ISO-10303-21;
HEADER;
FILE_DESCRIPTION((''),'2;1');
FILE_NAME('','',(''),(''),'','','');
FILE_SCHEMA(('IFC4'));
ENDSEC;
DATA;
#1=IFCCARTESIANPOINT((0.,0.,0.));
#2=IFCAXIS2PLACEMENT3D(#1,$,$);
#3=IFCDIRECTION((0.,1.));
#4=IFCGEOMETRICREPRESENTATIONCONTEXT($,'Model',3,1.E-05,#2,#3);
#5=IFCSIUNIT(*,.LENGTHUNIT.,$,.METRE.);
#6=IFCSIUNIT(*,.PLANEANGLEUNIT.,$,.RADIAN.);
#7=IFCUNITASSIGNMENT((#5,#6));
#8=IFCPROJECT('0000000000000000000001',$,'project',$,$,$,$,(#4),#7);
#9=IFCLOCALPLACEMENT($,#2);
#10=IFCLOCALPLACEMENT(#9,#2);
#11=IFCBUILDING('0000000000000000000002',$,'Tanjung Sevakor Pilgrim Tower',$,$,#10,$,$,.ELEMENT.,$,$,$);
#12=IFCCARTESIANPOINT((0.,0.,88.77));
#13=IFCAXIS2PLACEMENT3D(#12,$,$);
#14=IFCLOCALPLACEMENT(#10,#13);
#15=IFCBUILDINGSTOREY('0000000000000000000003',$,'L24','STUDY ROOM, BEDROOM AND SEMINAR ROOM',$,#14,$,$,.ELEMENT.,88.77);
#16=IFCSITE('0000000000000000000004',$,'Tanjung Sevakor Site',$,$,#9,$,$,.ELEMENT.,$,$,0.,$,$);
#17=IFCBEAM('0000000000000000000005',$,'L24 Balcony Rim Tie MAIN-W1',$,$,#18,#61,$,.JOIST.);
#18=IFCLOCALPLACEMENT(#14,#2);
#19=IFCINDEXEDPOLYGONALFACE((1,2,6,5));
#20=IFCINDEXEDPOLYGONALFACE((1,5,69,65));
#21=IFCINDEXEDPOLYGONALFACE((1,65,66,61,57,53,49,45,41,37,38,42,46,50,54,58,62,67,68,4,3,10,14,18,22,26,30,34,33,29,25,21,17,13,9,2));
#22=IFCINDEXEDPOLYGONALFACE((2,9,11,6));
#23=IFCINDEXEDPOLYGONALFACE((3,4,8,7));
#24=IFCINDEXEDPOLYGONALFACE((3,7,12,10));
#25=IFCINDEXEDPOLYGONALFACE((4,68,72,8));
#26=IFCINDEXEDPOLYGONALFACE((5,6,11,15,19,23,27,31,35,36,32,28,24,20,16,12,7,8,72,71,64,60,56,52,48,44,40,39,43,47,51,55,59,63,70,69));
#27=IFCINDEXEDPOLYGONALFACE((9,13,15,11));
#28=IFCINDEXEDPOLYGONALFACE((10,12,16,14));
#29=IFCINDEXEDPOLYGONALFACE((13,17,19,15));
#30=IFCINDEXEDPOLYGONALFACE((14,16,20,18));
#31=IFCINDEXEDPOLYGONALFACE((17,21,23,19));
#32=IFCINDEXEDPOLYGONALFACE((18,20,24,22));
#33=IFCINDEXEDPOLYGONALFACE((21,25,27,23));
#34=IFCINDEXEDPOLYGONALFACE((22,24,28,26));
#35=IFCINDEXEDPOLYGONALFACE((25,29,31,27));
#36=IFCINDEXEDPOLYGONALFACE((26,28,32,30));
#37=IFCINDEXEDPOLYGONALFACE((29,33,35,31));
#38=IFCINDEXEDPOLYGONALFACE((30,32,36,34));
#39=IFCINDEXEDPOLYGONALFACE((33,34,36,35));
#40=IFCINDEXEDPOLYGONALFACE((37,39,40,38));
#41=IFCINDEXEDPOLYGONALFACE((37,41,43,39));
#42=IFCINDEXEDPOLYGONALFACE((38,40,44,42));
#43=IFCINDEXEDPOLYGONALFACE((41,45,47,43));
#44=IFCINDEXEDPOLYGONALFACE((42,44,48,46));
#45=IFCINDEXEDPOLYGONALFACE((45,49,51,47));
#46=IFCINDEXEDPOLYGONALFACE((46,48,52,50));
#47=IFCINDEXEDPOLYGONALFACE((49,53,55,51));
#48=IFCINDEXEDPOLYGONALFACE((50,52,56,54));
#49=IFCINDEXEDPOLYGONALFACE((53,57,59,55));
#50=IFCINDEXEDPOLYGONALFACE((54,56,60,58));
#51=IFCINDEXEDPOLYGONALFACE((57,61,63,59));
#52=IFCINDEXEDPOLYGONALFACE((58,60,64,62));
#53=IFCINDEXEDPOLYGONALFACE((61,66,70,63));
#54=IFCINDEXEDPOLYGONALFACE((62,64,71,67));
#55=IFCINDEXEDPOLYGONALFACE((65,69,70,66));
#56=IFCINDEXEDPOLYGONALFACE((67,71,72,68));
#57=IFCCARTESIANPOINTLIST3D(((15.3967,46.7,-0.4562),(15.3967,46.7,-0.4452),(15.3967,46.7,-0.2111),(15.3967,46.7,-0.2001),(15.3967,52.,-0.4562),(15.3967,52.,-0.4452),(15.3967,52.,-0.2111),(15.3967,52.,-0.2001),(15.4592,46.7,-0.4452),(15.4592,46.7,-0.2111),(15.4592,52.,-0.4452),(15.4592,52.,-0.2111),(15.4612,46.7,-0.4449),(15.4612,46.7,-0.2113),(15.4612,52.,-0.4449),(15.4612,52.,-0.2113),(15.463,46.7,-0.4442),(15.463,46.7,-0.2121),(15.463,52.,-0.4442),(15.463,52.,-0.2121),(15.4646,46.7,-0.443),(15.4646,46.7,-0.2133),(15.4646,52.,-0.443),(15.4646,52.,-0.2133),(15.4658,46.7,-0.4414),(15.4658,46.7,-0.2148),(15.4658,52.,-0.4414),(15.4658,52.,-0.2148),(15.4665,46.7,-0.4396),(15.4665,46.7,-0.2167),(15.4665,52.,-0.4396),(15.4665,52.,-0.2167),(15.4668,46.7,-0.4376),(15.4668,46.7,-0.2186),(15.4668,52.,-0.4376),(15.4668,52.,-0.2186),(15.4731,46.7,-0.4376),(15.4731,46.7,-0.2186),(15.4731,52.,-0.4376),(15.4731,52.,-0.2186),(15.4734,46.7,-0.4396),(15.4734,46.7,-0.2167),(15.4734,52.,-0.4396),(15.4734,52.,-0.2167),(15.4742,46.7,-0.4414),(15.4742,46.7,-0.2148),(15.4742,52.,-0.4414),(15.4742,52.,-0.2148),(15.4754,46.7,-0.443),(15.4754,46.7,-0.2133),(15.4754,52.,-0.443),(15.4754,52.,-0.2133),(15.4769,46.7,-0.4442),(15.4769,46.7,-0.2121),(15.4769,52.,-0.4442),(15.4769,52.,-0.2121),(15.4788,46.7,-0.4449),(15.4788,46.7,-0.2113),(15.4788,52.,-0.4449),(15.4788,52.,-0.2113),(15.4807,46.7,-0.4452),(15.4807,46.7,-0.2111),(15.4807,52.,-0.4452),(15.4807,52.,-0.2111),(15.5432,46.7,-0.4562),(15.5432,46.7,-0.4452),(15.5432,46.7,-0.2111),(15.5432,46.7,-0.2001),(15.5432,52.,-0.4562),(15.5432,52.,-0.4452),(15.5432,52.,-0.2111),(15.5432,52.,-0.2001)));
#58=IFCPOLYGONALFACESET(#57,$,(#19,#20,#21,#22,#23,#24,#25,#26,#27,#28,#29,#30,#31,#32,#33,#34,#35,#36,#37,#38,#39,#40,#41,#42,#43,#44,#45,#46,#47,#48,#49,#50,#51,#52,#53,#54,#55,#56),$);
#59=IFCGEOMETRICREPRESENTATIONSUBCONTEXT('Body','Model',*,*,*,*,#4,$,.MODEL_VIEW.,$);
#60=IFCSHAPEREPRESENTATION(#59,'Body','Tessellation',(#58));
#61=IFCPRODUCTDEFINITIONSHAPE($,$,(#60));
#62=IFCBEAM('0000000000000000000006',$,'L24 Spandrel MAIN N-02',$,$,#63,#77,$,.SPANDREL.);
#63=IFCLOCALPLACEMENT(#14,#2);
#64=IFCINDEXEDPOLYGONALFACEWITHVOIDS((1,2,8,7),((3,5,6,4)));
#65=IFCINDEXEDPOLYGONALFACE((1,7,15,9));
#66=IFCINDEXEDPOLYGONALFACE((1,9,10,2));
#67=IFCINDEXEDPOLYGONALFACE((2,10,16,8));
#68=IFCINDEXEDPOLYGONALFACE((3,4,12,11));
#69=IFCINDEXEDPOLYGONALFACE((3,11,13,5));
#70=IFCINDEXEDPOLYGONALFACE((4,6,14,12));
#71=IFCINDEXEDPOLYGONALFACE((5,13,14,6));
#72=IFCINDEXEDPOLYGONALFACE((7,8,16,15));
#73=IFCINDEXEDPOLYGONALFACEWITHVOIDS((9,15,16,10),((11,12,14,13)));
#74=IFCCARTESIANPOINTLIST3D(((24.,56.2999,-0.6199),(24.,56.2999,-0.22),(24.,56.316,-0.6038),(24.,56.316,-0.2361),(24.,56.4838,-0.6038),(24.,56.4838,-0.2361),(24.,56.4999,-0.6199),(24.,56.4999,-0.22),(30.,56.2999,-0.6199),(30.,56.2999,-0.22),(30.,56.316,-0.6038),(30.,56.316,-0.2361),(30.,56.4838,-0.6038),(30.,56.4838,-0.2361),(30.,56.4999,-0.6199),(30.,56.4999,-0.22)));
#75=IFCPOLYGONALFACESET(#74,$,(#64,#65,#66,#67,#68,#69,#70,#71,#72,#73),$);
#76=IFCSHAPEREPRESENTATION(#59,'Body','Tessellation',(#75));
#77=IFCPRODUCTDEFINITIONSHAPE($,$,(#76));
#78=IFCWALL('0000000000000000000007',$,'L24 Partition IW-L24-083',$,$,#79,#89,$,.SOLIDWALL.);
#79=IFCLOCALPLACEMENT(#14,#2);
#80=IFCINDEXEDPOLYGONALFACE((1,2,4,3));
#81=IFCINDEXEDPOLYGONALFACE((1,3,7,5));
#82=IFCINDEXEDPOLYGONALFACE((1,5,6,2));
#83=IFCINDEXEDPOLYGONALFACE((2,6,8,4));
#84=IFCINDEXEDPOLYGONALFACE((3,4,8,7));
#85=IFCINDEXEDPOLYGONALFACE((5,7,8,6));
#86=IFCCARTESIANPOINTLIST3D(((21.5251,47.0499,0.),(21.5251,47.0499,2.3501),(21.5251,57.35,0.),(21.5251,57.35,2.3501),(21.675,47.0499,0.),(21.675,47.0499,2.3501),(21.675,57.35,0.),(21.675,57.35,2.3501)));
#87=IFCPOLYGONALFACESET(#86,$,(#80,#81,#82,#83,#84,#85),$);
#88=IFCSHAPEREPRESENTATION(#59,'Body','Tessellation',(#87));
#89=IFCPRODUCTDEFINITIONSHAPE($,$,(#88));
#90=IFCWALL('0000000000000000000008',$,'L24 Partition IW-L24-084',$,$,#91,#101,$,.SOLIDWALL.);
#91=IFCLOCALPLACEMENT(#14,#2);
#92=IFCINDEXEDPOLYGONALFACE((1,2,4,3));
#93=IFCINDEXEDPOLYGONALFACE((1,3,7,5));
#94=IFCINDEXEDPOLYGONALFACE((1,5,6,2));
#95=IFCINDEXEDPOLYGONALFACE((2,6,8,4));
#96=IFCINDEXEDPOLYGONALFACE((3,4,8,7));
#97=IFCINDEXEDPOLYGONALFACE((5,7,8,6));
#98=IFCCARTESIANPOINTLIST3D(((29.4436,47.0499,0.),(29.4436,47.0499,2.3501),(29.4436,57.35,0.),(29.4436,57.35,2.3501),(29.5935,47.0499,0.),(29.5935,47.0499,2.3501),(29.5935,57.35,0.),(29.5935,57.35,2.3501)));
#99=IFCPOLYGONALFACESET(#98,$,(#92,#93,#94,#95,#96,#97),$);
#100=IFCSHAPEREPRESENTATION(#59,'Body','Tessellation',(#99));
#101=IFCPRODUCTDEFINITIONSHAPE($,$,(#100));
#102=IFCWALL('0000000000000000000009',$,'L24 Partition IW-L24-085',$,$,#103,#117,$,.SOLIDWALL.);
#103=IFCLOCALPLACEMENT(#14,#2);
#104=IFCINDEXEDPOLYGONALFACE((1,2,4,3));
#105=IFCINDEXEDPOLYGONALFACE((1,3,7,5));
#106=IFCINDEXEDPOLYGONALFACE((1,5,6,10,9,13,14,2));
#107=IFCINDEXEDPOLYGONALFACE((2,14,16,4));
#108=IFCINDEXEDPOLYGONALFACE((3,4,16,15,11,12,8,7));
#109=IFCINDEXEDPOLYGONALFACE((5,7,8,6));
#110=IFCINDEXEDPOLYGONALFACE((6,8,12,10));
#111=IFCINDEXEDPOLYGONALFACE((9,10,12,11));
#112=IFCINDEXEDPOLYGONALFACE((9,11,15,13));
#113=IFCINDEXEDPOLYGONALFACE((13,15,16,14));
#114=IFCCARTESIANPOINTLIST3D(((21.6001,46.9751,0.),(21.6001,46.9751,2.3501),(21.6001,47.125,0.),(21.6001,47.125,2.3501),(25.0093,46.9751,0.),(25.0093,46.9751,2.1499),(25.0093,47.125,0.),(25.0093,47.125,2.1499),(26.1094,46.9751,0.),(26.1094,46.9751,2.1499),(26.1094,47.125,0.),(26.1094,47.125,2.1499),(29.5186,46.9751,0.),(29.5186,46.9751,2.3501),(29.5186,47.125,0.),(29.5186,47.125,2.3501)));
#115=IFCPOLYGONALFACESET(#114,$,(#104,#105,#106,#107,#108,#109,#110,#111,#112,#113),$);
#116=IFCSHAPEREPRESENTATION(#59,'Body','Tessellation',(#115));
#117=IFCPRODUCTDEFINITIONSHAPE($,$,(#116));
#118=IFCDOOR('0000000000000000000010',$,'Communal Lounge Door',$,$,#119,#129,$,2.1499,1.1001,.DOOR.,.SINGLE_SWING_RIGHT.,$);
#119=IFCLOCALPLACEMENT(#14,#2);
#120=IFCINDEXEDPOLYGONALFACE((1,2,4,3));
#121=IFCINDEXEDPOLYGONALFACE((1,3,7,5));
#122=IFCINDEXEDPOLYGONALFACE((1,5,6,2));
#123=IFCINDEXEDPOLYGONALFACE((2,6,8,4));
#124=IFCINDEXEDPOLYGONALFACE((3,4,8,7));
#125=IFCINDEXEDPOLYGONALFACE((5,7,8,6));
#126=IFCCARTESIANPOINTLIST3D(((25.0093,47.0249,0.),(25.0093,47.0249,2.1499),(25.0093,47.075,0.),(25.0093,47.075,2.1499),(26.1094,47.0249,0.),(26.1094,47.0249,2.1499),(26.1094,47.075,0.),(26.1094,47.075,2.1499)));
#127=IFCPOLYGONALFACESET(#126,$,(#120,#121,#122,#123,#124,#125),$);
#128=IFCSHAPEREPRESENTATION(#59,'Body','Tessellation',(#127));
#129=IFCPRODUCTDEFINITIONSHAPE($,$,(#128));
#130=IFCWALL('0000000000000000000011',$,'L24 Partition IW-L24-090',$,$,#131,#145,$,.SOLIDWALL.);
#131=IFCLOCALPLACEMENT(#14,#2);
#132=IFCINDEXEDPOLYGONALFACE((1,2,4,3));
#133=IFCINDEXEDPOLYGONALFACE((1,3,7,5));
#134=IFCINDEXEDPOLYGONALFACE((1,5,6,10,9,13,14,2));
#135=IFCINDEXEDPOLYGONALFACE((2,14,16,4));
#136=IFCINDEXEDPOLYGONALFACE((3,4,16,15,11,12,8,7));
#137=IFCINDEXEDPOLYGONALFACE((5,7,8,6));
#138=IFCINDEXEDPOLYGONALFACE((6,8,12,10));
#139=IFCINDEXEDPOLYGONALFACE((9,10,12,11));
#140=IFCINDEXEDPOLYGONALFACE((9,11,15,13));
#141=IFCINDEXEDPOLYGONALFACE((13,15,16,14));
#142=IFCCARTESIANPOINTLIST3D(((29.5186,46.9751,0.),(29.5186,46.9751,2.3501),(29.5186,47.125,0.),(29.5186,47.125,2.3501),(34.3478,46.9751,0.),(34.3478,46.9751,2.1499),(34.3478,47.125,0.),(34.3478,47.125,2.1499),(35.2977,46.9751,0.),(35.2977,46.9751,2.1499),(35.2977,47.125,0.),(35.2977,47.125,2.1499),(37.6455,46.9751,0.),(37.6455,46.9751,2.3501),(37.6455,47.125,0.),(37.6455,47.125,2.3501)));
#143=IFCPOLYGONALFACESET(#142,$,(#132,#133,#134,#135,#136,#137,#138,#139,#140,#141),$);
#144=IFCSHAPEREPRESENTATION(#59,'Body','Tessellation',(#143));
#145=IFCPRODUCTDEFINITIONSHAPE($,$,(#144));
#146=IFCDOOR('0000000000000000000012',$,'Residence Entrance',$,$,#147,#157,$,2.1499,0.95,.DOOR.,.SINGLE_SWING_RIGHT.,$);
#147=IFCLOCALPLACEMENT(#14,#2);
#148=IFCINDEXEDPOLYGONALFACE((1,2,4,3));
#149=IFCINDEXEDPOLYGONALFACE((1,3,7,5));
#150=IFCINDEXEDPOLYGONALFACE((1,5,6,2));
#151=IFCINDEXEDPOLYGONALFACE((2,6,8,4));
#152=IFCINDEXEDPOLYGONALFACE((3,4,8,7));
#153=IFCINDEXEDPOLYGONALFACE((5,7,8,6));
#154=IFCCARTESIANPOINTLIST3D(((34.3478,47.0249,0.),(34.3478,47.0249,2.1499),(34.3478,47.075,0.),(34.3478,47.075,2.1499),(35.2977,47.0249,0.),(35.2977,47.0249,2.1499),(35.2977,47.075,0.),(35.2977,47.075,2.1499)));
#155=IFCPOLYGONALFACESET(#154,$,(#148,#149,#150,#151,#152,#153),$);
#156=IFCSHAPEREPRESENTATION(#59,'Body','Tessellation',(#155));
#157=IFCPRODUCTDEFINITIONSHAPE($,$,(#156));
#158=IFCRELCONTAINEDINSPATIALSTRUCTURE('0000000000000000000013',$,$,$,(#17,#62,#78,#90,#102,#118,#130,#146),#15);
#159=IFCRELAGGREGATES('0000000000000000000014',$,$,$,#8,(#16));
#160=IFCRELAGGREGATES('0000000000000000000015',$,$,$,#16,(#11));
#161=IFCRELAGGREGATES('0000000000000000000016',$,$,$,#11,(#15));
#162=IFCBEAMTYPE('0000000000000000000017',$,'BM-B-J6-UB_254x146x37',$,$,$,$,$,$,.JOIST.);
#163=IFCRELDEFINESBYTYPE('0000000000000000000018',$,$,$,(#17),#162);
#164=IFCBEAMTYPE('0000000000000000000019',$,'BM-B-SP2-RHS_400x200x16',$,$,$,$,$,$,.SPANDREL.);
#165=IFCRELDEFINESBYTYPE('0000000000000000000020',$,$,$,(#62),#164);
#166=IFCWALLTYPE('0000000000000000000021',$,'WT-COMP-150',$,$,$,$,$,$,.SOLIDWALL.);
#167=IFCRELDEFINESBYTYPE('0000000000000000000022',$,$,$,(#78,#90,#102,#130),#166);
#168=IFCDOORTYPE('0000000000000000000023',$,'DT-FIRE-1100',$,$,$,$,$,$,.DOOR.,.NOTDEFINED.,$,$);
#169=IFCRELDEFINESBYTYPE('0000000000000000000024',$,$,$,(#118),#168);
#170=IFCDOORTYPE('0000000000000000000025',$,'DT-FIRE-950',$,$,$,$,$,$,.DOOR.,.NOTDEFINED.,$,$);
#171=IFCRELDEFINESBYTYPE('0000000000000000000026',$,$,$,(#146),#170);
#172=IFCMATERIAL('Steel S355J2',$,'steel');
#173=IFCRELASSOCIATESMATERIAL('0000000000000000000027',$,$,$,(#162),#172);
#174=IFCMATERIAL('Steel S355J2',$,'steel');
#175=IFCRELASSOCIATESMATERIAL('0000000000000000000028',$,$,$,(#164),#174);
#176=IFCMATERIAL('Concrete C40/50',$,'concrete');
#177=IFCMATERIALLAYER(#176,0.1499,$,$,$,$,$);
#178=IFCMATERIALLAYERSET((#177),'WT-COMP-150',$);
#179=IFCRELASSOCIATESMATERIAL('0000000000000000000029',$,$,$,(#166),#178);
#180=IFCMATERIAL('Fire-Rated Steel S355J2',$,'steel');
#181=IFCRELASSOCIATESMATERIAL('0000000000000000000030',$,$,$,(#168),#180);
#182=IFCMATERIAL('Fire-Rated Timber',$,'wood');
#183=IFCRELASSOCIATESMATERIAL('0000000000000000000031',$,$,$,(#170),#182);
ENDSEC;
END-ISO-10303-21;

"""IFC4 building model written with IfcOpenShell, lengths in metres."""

from ifc_helpers import new_model, si_unit, direction, frame, frame_2d, origin, origin_2d, place, context, subcontext, project, spatial, rectangle, hollow_rectangle, i_section, extrude, material, layer, layer_set, material_profile, profile_set, type_object, element, fill, save


model = new_model("IFC4")

# Units and contexts
model_context = context("Model", 3, precision=1e-05, world=origin(), true_north=direction((0.0, 1.0)))
body_context = subcontext(model_context, "Body", "Model", "MODEL_VIEW")
ifc_project = project(units=[si_unit("LENGTHUNIT", "METRE"), si_unit("PLANEANGLEUNIT", "RADIAN")], contexts=[model_context])

# Site, building, storey
site_placement = place(None, origin())
site = spatial("IfcSite", under=ifc_project, at=site_placement, Name="Tanjung Sevakor Site", CompositionType="ELEMENT", RefElevation=0.0)
building_placement = place(site_placement, origin())
building = spatial("IfcBuilding", under=site, at=building_placement, Name="Tanjung Sevakor Pilgrim Tower", CompositionType="ELEMENT")
storey_placement = place(building_placement, frame((0.0, 0.0, 88.77)))
storey = spatial("IfcBuildingStorey", under=building, at=storey_placement, Name="L24", Description="STUDY ROOM, BEDROOM AND SEMINAR ROOM", CompositionType="ELEMENT", Elevation=88.77)

# Beams
ifc_material_1 = material(Name="Steel S355J2", Category="steel")
ifc_material_profile_1 = material_profile(ifc_material_1, i_section(OverallWidth=0.1465, OverallDepth=0.2561, WebThickness=0.0063, FlangeThickness=0.011, FilletRadius=0.0076, at=origin_2d()))
ifc_profile_set_1 = profile_set([ifc_material_profile_1], Name="Steel S355J2")
beam_type_1 = type_object("IfcBeamType", Name="BM-B-J6-UB_254x146x37", PredefinedType="JOIST", material=ifc_profile_set_1)
beam_1_placement = place(storey_placement, frame((15.47, 46.7, -0.3281), z_axis=(0.0, 1.0, 0.0), x_axis=(-1.0, 0.0, 0.0)))
element("IfcBeam", 1, at=beam_1_placement, inside=storey, type_object=beam_type_1, Name="L24 Balcony Rim Tie MAIN-W1", PredefinedType="JOIST", context=body_context, shape_type="SweptSolid", body=[
    extrude(i_section(OverallWidth=0.1465, OverallDepth=0.2561, WebThickness=0.0063, FlangeThickness=0.011, FilletRadius=0.0076, at=origin_2d()), origin(), (0.0, 0.0, 1.0), 5.3),
])
ifc_material_2 = material(Name="Steel S355J2", Category="steel")
ifc_material_profile_2 = material_profile(ifc_material_2, hollow_rectangle(XDim=0.2, YDim=0.3999, WallThickness=0.0161, at=origin_2d()))
ifc_profile_set_2 = profile_set([ifc_material_profile_2], Name="Steel S355J2")
beam_type_2 = type_object("IfcBeamType", Name="BM-B-SP2-RHS_400x200x16", PredefinedType="SPANDREL", material=ifc_profile_set_2)
beam_2_placement = place(storey_placement, frame((24.0, 56.3999, -0.4199), z_axis=(1.0, 0.0, 0.0), x_axis=(0.0, 1.0, 0.0)))
element("IfcBeam", 2, at=beam_2_placement, inside=storey, type_object=beam_type_2, Name="L24 Spandrel MAIN N-02", PredefinedType="SPANDREL", context=body_context, shape_type="SweptSolid", body=[
    extrude(hollow_rectangle(XDim=0.2, YDim=0.3999, WallThickness=0.0161, at=origin_2d()), origin(), (0.0, 0.0, 1.0), 6.0),
])

# Walls
ifc_material_3 = material(Name="Concrete C40/50", Category="concrete")
ifc_layer_1 = layer(ifc_material_3, 0.1499)
ifc_layer_set_1 = layer_set([ifc_layer_1], Name="WT-COMP-150")
wall_type_1 = type_object("IfcWallType", Name="WT-COMP-150", PredefinedType="SOLIDWALL", material=ifc_layer_set_1)
for number, where, z_axis, x_axis, name in (
    (3, (21.6001, 47.05, 0.0), (0.0, 0.0, 1.0), (0.0, 1.0, 0.0), "L24 Partition IW-L24-083"),
    (4, (29.5186, 47.05, 0.0), (0.0, 0.0, 1.0), (0.0, 1.0, 0.0), "L24 Partition IW-L24-084"),
):
    element("IfcWall", number, at=place(storey_placement, frame(where, z_axis=z_axis, x_axis=x_axis)), inside=storey, type_object=wall_type_1, Name=name, PredefinedType="SOLIDWALL", context=body_context, shape_type="SweptSolid", body=[
        extrude(rectangle(XDim=10.3, YDim=0.1499, at=frame_2d((5.1499, 0.0))), origin(), (0.0, 0.0, 1.0), 2.3501),
    ])

# Walls, openings, doors
wall_1_placement = place(storey_placement, frame((21.6001, 47.05, 0.0), z_axis=(0.0, 0.0, 1.0), x_axis=(1.0, 0.0, 0.0)))
wall_1 = element("IfcWall", 5, at=wall_1_placement, inside=storey, type_object=wall_type_1, Name="L24 Partition IW-L24-085", PredefinedType="SOLIDWALL", context=body_context, shape_type="SweptSolid", body=[
    extrude(rectangle(XDim=7.9185, YDim=0.1499, at=frame_2d((3.9592, 0.0))), origin(), (0.0, 0.0, 1.0), 2.3501),
])
opening_1_placement = place(wall_1_placement, frame((3.4092, 0.0, 0.0)))
opening_1 = element("IfcOpeningElement", 6, at=opening_1_placement, cuts=wall_1, PredefinedType="OPENING", context=body_context, shape_type="SweptSolid", body=[
    extrude(rectangle(XDim=1.1001, YDim=2.1499, at=frame_2d((0.55, 1.075))), frame((0.0, 0.085, 0.0), z_axis=(0.0, -1.0, 0.0), x_axis=(1.0, 0.0, 0.0)), (0.0, 0.0, 1.0), 0.1699),
])
ifc_material_4 = material(Name="Fire-Rated Steel S355J2", Category="steel")
door_type_1 = type_object("IfcDoorType", Name="DT-FIRE-1100", OperationType="NOTDEFINED", PredefinedType="DOOR", material=ifc_material_4)
door_1_placement = place(opening_1_placement, origin())
door_1 = element("IfcDoor", 7, at=door_1_placement, inside=storey, type_object=door_type_1, Name="Communal Lounge Door", OperationType="SINGLE_SWING_RIGHT", OverallHeight=2.1499, OverallWidth=1.1001, PredefinedType="DOOR", context=body_context, shape_type="SweptSolid", body=[
    extrude(rectangle(XDim=1.1001, YDim=2.1499, at=frame_2d((0.55, 1.075))), frame((0.0, 0.0249, 0.0), z_axis=(0.0, -1.0, 0.0), x_axis=(1.0, 0.0, 0.0)), (0.0, 0.0, 1.0), 0.05),
])
fill(opening_1, door_1)
wall_2_placement = place(storey_placement, frame((29.5186, 47.05, 0.0), z_axis=(0.0, 0.0, 1.0), x_axis=(1.0, 0.0, 0.0)))
wall_2 = element("IfcWall", 8, at=wall_2_placement, inside=storey, type_object=wall_type_1, Name="L24 Partition IW-L24-090", PredefinedType="SOLIDWALL", context=body_context, shape_type="SweptSolid", body=[
    extrude(rectangle(XDim=8.127, YDim=0.1499, at=frame_2d((4.0635, 0.0))), origin(), (0.0, 0.0, 1.0), 2.3501),
])
opening_2_placement = place(wall_2_placement, frame((4.8291, 0.0, 0.0)))
opening_2 = element("IfcOpeningElement", 9, at=opening_2_placement, cuts=wall_2, PredefinedType="OPENING", context=body_context, shape_type="SweptSolid", body=[
    extrude(rectangle(XDim=0.95, YDim=2.1499, at=frame_2d((0.4751, 1.075))), frame((0.0, 0.085, 0.0), z_axis=(0.0, -1.0, 0.0), x_axis=(1.0, 0.0, 0.0)), (0.0, 0.0, 1.0), 0.1699),
])
ifc_material_5 = material(Name="Fire-Rated Timber", Category="wood")
door_type_2 = type_object("IfcDoorType", Name="DT-FIRE-950", OperationType="NOTDEFINED", PredefinedType="DOOR", material=ifc_material_5)
door_2_placement = place(opening_2_placement, origin())
door_2 = element("IfcDoor", 10, at=door_2_placement, inside=storey, type_object=door_type_2, Name="Residence Entrance", OperationType="SINGLE_SWING_RIGHT", OverallHeight=2.1499, OverallWidth=0.95, PredefinedType="DOOR", context=body_context, shape_type="SweptSolid", body=[
    extrude(rectangle(XDim=0.95, YDim=2.1499, at=frame_2d((0.4751, 1.075))), frame((0.0, 0.0249, 0.0), z_axis=(0.0, -1.0, 0.0), x_axis=(1.0, 0.0, 0.0)), (0.0, 0.0, 1.0), 0.05),
])
fill(opening_2, door_2)

save(model, "model.ifc")
